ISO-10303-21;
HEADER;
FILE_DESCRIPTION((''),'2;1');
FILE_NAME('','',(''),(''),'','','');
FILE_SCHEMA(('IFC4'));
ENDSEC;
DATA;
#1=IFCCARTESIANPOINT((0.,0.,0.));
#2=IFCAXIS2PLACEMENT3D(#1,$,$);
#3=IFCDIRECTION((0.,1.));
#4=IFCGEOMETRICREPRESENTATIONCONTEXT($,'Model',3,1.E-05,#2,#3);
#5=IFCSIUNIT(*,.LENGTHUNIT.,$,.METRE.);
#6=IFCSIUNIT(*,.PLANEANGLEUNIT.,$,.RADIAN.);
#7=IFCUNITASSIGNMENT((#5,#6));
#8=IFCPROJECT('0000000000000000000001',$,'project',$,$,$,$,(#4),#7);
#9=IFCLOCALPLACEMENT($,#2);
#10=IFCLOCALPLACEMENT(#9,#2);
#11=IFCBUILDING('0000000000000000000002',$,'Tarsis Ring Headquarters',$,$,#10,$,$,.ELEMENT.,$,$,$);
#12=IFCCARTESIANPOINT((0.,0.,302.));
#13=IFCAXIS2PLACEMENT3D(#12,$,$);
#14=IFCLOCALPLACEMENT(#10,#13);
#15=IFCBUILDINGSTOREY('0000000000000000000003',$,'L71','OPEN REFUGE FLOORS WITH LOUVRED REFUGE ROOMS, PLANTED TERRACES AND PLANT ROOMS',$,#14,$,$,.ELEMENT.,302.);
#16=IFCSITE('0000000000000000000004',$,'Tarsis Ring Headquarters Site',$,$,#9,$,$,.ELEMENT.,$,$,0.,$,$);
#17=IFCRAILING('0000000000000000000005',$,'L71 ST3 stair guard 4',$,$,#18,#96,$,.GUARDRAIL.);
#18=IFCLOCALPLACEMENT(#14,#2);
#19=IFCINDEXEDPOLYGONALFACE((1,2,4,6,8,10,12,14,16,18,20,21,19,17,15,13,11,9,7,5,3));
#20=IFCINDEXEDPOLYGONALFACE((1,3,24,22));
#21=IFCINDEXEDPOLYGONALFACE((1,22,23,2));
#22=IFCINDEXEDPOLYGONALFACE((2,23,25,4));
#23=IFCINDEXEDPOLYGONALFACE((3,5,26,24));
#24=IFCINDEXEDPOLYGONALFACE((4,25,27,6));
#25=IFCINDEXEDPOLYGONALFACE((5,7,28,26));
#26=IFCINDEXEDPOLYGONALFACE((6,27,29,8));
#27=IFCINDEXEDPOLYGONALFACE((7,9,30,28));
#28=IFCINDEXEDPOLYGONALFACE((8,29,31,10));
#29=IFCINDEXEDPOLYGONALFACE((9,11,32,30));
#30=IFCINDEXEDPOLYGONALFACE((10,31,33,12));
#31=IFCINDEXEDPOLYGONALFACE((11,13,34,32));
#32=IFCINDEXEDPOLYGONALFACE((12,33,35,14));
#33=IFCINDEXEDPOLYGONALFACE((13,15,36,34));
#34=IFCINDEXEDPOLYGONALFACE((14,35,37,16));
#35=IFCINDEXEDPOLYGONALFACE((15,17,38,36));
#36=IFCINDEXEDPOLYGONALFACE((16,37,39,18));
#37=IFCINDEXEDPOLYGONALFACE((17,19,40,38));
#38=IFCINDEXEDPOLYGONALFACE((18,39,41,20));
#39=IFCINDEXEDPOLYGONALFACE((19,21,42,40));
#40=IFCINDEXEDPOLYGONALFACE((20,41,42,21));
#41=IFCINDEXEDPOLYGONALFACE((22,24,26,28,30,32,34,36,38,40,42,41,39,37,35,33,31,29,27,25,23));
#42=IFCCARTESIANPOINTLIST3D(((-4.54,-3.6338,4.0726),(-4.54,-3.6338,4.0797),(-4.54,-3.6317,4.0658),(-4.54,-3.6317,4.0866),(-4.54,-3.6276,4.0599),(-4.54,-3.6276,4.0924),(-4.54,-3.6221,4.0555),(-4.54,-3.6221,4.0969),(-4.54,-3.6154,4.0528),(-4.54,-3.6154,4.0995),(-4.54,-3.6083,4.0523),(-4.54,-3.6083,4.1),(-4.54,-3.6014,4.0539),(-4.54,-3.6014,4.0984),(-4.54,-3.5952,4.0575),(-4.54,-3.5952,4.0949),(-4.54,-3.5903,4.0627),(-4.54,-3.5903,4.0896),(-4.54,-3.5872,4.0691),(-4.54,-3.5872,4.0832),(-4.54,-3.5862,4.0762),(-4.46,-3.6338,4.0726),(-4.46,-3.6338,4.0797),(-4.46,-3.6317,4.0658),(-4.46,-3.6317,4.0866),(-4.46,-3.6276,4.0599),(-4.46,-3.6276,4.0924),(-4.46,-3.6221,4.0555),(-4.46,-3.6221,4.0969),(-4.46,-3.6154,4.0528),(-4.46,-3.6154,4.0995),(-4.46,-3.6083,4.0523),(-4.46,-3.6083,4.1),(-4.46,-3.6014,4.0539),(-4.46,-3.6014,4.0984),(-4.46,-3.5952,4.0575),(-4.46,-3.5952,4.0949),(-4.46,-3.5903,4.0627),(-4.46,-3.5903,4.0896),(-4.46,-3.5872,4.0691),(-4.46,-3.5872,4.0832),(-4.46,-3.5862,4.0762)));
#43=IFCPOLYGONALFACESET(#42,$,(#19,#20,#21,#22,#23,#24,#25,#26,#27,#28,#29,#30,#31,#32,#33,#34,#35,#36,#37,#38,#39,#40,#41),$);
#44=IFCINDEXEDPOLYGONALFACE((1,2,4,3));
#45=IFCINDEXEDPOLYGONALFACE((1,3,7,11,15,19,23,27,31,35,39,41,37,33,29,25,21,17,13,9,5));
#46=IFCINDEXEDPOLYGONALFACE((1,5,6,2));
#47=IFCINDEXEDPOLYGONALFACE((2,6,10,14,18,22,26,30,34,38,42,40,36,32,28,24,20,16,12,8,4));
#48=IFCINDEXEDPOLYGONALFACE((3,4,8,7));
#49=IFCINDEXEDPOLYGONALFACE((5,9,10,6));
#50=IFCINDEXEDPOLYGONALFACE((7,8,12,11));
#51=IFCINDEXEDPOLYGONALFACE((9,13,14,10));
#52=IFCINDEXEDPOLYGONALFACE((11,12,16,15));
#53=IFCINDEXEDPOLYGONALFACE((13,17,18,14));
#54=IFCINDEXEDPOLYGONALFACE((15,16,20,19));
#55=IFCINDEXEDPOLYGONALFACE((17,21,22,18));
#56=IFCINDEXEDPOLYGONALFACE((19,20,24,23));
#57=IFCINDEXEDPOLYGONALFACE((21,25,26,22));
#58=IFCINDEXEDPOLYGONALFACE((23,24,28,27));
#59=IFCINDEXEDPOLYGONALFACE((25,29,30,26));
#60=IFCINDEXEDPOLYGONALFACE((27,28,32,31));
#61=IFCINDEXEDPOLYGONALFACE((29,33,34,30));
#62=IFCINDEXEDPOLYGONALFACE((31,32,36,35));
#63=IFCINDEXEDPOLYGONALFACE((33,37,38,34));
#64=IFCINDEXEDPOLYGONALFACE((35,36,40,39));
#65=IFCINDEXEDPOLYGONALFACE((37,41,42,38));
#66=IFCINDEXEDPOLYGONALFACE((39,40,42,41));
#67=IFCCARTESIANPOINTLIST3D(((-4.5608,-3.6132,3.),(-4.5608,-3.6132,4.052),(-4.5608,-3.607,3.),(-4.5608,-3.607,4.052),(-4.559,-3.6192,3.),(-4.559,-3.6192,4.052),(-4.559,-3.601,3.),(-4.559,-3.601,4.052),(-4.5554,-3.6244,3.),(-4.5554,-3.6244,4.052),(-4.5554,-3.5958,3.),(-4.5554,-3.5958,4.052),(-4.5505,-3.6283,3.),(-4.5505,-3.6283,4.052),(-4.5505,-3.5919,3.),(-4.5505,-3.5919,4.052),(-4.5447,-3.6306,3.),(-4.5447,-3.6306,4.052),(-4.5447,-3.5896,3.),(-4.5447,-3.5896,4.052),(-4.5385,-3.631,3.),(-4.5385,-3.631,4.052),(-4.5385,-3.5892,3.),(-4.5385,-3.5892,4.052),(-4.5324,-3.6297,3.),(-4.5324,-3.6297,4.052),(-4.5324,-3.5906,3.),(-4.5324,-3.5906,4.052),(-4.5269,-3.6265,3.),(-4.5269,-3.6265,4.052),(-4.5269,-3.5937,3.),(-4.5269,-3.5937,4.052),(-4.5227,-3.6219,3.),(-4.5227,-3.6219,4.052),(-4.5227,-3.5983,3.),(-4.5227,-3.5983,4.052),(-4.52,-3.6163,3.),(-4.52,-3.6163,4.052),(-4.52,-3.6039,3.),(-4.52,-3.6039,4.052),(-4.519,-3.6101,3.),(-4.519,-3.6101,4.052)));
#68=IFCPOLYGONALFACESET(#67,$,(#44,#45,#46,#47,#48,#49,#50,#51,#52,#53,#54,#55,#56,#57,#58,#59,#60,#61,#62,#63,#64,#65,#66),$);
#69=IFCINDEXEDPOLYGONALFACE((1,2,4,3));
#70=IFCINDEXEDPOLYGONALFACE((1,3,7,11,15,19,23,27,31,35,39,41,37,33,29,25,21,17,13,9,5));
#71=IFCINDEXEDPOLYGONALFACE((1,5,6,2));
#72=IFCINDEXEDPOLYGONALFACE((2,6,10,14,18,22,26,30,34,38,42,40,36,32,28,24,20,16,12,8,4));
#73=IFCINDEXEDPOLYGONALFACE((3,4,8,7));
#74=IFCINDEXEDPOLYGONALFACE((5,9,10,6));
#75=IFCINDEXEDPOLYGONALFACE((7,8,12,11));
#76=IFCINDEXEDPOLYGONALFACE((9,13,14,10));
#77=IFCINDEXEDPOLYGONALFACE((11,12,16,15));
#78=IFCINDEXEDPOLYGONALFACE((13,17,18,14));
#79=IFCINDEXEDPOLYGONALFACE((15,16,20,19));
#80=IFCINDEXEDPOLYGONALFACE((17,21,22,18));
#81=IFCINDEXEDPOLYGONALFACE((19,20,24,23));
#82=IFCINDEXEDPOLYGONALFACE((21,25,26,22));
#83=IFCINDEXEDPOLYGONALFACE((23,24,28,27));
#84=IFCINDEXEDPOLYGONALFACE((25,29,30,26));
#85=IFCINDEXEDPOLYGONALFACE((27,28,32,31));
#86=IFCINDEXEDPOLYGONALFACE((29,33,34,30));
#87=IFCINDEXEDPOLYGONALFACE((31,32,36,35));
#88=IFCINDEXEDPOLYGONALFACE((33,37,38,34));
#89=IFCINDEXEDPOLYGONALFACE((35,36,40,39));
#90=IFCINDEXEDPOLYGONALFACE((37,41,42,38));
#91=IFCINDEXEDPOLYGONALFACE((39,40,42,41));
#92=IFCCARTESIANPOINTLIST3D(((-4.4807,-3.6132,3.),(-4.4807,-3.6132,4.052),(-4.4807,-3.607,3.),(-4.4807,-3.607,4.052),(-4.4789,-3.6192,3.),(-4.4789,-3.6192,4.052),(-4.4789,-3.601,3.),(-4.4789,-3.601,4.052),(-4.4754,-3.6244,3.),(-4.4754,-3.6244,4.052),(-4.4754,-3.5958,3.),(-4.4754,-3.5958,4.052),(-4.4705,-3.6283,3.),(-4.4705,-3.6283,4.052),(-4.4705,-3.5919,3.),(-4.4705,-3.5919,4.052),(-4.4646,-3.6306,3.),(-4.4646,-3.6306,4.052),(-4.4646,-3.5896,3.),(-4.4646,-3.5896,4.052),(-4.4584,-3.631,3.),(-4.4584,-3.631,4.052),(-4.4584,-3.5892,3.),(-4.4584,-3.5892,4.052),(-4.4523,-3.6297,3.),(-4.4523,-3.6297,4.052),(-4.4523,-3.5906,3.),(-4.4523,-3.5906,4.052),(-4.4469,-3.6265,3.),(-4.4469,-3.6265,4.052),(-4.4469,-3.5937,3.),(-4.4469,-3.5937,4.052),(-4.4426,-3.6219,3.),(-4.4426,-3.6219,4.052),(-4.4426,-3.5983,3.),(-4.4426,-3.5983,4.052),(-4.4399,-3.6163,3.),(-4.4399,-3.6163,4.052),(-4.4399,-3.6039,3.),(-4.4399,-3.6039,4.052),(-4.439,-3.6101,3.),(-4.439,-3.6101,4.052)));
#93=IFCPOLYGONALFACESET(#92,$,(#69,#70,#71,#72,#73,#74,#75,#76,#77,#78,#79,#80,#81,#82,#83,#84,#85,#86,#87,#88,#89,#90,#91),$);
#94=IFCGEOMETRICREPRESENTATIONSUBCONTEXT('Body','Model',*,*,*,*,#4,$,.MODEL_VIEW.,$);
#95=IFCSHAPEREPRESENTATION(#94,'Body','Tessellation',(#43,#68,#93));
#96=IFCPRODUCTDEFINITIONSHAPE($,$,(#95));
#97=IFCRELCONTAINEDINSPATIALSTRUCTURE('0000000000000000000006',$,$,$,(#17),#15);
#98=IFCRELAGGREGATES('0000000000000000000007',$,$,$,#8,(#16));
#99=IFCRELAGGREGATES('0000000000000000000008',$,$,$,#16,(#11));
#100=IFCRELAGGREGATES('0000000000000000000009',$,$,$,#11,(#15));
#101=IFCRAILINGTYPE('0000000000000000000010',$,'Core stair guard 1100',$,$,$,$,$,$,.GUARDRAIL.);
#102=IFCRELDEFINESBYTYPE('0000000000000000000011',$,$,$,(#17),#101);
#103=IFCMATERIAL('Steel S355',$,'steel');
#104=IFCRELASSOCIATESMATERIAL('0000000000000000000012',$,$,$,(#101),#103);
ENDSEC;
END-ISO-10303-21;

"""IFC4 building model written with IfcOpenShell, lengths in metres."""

from ifc_helpers import new_model, si_unit, direction, frame, origin, origin_2d, place, context, subcontext, project, spatial, circle, extrude, material, type_object, element, save


model = new_model("IFC4")

# Units and contexts
model_context = context("Model", 3, precision=1e-05, world=origin(), true_north=direction((0.0, 1.0)))
body_context = subcontext(model_context, "Body", "Model", "MODEL_VIEW")
ifc_project = project(units=[si_unit("LENGTHUNIT", "METRE"), si_unit("PLANEANGLEUNIT", "RADIAN")], contexts=[model_context])

# Site, building, storey
site_placement = place(None, origin())
site = spatial("IfcSite", under=ifc_project, at=site_placement, Name="Tarsis Ring Headquarters Site", CompositionType="ELEMENT", RefElevation=0.0)
building_placement = place(site_placement, origin())
building = spatial("IfcBuilding", under=site, at=building_placement, Name="Tarsis Ring Headquarters", CompositionType="ELEMENT")
storey_placement = place(building_placement, frame((0.0, 0.0, 302.0)))
storey = spatial("IfcBuildingStorey", under=building, at=storey_placement, Name="L71", Description="OPEN REFUGE FLOORS WITH LOUVRED REFUGE ROOMS, PLANTED TERRACES AND PLANT ROOMS", CompositionType="ELEMENT", Elevation=302.0)

# Railing
ifc_material_1 = material(Name="Steel S355", Category="steel")
railing_type_1 = type_object("IfcRailingType", Name="Core stair guard 1100", PredefinedType="GUARDRAIL", material=ifc_material_1)
railing_1_placement = place(storey_placement, frame((-4.54, -3.6101, 3.0)))
element("IfcRailing", 1, at=railing_1_placement, inside=storey, type_object=railing_type_1, Name="L71 ST3 stair guard 4", PredefinedType="GUARDRAIL", context=body_context, shape_type="SweptSolid", body=[
    extrude(circle(Radius=0.0239, at=origin_2d()), frame((0.0, 0.0, 1.0762), z_axis=(1.0, 0.0, 0.0), x_axis=(0.0, 1.0, 0.0)), (0.0, 0.0, 1.0), 0.0801),
    extrude(circle(Radius=0.021, at=origin_2d()), origin(), (0.0, 0.0, 1.0), 1.052),
    extrude(circle(Radius=0.021, at=origin_2d()), frame((0.0801, 0.0, 0.0)), (0.0, 0.0, 1.0), 1.052),
])

save(model, "model.ifc")
